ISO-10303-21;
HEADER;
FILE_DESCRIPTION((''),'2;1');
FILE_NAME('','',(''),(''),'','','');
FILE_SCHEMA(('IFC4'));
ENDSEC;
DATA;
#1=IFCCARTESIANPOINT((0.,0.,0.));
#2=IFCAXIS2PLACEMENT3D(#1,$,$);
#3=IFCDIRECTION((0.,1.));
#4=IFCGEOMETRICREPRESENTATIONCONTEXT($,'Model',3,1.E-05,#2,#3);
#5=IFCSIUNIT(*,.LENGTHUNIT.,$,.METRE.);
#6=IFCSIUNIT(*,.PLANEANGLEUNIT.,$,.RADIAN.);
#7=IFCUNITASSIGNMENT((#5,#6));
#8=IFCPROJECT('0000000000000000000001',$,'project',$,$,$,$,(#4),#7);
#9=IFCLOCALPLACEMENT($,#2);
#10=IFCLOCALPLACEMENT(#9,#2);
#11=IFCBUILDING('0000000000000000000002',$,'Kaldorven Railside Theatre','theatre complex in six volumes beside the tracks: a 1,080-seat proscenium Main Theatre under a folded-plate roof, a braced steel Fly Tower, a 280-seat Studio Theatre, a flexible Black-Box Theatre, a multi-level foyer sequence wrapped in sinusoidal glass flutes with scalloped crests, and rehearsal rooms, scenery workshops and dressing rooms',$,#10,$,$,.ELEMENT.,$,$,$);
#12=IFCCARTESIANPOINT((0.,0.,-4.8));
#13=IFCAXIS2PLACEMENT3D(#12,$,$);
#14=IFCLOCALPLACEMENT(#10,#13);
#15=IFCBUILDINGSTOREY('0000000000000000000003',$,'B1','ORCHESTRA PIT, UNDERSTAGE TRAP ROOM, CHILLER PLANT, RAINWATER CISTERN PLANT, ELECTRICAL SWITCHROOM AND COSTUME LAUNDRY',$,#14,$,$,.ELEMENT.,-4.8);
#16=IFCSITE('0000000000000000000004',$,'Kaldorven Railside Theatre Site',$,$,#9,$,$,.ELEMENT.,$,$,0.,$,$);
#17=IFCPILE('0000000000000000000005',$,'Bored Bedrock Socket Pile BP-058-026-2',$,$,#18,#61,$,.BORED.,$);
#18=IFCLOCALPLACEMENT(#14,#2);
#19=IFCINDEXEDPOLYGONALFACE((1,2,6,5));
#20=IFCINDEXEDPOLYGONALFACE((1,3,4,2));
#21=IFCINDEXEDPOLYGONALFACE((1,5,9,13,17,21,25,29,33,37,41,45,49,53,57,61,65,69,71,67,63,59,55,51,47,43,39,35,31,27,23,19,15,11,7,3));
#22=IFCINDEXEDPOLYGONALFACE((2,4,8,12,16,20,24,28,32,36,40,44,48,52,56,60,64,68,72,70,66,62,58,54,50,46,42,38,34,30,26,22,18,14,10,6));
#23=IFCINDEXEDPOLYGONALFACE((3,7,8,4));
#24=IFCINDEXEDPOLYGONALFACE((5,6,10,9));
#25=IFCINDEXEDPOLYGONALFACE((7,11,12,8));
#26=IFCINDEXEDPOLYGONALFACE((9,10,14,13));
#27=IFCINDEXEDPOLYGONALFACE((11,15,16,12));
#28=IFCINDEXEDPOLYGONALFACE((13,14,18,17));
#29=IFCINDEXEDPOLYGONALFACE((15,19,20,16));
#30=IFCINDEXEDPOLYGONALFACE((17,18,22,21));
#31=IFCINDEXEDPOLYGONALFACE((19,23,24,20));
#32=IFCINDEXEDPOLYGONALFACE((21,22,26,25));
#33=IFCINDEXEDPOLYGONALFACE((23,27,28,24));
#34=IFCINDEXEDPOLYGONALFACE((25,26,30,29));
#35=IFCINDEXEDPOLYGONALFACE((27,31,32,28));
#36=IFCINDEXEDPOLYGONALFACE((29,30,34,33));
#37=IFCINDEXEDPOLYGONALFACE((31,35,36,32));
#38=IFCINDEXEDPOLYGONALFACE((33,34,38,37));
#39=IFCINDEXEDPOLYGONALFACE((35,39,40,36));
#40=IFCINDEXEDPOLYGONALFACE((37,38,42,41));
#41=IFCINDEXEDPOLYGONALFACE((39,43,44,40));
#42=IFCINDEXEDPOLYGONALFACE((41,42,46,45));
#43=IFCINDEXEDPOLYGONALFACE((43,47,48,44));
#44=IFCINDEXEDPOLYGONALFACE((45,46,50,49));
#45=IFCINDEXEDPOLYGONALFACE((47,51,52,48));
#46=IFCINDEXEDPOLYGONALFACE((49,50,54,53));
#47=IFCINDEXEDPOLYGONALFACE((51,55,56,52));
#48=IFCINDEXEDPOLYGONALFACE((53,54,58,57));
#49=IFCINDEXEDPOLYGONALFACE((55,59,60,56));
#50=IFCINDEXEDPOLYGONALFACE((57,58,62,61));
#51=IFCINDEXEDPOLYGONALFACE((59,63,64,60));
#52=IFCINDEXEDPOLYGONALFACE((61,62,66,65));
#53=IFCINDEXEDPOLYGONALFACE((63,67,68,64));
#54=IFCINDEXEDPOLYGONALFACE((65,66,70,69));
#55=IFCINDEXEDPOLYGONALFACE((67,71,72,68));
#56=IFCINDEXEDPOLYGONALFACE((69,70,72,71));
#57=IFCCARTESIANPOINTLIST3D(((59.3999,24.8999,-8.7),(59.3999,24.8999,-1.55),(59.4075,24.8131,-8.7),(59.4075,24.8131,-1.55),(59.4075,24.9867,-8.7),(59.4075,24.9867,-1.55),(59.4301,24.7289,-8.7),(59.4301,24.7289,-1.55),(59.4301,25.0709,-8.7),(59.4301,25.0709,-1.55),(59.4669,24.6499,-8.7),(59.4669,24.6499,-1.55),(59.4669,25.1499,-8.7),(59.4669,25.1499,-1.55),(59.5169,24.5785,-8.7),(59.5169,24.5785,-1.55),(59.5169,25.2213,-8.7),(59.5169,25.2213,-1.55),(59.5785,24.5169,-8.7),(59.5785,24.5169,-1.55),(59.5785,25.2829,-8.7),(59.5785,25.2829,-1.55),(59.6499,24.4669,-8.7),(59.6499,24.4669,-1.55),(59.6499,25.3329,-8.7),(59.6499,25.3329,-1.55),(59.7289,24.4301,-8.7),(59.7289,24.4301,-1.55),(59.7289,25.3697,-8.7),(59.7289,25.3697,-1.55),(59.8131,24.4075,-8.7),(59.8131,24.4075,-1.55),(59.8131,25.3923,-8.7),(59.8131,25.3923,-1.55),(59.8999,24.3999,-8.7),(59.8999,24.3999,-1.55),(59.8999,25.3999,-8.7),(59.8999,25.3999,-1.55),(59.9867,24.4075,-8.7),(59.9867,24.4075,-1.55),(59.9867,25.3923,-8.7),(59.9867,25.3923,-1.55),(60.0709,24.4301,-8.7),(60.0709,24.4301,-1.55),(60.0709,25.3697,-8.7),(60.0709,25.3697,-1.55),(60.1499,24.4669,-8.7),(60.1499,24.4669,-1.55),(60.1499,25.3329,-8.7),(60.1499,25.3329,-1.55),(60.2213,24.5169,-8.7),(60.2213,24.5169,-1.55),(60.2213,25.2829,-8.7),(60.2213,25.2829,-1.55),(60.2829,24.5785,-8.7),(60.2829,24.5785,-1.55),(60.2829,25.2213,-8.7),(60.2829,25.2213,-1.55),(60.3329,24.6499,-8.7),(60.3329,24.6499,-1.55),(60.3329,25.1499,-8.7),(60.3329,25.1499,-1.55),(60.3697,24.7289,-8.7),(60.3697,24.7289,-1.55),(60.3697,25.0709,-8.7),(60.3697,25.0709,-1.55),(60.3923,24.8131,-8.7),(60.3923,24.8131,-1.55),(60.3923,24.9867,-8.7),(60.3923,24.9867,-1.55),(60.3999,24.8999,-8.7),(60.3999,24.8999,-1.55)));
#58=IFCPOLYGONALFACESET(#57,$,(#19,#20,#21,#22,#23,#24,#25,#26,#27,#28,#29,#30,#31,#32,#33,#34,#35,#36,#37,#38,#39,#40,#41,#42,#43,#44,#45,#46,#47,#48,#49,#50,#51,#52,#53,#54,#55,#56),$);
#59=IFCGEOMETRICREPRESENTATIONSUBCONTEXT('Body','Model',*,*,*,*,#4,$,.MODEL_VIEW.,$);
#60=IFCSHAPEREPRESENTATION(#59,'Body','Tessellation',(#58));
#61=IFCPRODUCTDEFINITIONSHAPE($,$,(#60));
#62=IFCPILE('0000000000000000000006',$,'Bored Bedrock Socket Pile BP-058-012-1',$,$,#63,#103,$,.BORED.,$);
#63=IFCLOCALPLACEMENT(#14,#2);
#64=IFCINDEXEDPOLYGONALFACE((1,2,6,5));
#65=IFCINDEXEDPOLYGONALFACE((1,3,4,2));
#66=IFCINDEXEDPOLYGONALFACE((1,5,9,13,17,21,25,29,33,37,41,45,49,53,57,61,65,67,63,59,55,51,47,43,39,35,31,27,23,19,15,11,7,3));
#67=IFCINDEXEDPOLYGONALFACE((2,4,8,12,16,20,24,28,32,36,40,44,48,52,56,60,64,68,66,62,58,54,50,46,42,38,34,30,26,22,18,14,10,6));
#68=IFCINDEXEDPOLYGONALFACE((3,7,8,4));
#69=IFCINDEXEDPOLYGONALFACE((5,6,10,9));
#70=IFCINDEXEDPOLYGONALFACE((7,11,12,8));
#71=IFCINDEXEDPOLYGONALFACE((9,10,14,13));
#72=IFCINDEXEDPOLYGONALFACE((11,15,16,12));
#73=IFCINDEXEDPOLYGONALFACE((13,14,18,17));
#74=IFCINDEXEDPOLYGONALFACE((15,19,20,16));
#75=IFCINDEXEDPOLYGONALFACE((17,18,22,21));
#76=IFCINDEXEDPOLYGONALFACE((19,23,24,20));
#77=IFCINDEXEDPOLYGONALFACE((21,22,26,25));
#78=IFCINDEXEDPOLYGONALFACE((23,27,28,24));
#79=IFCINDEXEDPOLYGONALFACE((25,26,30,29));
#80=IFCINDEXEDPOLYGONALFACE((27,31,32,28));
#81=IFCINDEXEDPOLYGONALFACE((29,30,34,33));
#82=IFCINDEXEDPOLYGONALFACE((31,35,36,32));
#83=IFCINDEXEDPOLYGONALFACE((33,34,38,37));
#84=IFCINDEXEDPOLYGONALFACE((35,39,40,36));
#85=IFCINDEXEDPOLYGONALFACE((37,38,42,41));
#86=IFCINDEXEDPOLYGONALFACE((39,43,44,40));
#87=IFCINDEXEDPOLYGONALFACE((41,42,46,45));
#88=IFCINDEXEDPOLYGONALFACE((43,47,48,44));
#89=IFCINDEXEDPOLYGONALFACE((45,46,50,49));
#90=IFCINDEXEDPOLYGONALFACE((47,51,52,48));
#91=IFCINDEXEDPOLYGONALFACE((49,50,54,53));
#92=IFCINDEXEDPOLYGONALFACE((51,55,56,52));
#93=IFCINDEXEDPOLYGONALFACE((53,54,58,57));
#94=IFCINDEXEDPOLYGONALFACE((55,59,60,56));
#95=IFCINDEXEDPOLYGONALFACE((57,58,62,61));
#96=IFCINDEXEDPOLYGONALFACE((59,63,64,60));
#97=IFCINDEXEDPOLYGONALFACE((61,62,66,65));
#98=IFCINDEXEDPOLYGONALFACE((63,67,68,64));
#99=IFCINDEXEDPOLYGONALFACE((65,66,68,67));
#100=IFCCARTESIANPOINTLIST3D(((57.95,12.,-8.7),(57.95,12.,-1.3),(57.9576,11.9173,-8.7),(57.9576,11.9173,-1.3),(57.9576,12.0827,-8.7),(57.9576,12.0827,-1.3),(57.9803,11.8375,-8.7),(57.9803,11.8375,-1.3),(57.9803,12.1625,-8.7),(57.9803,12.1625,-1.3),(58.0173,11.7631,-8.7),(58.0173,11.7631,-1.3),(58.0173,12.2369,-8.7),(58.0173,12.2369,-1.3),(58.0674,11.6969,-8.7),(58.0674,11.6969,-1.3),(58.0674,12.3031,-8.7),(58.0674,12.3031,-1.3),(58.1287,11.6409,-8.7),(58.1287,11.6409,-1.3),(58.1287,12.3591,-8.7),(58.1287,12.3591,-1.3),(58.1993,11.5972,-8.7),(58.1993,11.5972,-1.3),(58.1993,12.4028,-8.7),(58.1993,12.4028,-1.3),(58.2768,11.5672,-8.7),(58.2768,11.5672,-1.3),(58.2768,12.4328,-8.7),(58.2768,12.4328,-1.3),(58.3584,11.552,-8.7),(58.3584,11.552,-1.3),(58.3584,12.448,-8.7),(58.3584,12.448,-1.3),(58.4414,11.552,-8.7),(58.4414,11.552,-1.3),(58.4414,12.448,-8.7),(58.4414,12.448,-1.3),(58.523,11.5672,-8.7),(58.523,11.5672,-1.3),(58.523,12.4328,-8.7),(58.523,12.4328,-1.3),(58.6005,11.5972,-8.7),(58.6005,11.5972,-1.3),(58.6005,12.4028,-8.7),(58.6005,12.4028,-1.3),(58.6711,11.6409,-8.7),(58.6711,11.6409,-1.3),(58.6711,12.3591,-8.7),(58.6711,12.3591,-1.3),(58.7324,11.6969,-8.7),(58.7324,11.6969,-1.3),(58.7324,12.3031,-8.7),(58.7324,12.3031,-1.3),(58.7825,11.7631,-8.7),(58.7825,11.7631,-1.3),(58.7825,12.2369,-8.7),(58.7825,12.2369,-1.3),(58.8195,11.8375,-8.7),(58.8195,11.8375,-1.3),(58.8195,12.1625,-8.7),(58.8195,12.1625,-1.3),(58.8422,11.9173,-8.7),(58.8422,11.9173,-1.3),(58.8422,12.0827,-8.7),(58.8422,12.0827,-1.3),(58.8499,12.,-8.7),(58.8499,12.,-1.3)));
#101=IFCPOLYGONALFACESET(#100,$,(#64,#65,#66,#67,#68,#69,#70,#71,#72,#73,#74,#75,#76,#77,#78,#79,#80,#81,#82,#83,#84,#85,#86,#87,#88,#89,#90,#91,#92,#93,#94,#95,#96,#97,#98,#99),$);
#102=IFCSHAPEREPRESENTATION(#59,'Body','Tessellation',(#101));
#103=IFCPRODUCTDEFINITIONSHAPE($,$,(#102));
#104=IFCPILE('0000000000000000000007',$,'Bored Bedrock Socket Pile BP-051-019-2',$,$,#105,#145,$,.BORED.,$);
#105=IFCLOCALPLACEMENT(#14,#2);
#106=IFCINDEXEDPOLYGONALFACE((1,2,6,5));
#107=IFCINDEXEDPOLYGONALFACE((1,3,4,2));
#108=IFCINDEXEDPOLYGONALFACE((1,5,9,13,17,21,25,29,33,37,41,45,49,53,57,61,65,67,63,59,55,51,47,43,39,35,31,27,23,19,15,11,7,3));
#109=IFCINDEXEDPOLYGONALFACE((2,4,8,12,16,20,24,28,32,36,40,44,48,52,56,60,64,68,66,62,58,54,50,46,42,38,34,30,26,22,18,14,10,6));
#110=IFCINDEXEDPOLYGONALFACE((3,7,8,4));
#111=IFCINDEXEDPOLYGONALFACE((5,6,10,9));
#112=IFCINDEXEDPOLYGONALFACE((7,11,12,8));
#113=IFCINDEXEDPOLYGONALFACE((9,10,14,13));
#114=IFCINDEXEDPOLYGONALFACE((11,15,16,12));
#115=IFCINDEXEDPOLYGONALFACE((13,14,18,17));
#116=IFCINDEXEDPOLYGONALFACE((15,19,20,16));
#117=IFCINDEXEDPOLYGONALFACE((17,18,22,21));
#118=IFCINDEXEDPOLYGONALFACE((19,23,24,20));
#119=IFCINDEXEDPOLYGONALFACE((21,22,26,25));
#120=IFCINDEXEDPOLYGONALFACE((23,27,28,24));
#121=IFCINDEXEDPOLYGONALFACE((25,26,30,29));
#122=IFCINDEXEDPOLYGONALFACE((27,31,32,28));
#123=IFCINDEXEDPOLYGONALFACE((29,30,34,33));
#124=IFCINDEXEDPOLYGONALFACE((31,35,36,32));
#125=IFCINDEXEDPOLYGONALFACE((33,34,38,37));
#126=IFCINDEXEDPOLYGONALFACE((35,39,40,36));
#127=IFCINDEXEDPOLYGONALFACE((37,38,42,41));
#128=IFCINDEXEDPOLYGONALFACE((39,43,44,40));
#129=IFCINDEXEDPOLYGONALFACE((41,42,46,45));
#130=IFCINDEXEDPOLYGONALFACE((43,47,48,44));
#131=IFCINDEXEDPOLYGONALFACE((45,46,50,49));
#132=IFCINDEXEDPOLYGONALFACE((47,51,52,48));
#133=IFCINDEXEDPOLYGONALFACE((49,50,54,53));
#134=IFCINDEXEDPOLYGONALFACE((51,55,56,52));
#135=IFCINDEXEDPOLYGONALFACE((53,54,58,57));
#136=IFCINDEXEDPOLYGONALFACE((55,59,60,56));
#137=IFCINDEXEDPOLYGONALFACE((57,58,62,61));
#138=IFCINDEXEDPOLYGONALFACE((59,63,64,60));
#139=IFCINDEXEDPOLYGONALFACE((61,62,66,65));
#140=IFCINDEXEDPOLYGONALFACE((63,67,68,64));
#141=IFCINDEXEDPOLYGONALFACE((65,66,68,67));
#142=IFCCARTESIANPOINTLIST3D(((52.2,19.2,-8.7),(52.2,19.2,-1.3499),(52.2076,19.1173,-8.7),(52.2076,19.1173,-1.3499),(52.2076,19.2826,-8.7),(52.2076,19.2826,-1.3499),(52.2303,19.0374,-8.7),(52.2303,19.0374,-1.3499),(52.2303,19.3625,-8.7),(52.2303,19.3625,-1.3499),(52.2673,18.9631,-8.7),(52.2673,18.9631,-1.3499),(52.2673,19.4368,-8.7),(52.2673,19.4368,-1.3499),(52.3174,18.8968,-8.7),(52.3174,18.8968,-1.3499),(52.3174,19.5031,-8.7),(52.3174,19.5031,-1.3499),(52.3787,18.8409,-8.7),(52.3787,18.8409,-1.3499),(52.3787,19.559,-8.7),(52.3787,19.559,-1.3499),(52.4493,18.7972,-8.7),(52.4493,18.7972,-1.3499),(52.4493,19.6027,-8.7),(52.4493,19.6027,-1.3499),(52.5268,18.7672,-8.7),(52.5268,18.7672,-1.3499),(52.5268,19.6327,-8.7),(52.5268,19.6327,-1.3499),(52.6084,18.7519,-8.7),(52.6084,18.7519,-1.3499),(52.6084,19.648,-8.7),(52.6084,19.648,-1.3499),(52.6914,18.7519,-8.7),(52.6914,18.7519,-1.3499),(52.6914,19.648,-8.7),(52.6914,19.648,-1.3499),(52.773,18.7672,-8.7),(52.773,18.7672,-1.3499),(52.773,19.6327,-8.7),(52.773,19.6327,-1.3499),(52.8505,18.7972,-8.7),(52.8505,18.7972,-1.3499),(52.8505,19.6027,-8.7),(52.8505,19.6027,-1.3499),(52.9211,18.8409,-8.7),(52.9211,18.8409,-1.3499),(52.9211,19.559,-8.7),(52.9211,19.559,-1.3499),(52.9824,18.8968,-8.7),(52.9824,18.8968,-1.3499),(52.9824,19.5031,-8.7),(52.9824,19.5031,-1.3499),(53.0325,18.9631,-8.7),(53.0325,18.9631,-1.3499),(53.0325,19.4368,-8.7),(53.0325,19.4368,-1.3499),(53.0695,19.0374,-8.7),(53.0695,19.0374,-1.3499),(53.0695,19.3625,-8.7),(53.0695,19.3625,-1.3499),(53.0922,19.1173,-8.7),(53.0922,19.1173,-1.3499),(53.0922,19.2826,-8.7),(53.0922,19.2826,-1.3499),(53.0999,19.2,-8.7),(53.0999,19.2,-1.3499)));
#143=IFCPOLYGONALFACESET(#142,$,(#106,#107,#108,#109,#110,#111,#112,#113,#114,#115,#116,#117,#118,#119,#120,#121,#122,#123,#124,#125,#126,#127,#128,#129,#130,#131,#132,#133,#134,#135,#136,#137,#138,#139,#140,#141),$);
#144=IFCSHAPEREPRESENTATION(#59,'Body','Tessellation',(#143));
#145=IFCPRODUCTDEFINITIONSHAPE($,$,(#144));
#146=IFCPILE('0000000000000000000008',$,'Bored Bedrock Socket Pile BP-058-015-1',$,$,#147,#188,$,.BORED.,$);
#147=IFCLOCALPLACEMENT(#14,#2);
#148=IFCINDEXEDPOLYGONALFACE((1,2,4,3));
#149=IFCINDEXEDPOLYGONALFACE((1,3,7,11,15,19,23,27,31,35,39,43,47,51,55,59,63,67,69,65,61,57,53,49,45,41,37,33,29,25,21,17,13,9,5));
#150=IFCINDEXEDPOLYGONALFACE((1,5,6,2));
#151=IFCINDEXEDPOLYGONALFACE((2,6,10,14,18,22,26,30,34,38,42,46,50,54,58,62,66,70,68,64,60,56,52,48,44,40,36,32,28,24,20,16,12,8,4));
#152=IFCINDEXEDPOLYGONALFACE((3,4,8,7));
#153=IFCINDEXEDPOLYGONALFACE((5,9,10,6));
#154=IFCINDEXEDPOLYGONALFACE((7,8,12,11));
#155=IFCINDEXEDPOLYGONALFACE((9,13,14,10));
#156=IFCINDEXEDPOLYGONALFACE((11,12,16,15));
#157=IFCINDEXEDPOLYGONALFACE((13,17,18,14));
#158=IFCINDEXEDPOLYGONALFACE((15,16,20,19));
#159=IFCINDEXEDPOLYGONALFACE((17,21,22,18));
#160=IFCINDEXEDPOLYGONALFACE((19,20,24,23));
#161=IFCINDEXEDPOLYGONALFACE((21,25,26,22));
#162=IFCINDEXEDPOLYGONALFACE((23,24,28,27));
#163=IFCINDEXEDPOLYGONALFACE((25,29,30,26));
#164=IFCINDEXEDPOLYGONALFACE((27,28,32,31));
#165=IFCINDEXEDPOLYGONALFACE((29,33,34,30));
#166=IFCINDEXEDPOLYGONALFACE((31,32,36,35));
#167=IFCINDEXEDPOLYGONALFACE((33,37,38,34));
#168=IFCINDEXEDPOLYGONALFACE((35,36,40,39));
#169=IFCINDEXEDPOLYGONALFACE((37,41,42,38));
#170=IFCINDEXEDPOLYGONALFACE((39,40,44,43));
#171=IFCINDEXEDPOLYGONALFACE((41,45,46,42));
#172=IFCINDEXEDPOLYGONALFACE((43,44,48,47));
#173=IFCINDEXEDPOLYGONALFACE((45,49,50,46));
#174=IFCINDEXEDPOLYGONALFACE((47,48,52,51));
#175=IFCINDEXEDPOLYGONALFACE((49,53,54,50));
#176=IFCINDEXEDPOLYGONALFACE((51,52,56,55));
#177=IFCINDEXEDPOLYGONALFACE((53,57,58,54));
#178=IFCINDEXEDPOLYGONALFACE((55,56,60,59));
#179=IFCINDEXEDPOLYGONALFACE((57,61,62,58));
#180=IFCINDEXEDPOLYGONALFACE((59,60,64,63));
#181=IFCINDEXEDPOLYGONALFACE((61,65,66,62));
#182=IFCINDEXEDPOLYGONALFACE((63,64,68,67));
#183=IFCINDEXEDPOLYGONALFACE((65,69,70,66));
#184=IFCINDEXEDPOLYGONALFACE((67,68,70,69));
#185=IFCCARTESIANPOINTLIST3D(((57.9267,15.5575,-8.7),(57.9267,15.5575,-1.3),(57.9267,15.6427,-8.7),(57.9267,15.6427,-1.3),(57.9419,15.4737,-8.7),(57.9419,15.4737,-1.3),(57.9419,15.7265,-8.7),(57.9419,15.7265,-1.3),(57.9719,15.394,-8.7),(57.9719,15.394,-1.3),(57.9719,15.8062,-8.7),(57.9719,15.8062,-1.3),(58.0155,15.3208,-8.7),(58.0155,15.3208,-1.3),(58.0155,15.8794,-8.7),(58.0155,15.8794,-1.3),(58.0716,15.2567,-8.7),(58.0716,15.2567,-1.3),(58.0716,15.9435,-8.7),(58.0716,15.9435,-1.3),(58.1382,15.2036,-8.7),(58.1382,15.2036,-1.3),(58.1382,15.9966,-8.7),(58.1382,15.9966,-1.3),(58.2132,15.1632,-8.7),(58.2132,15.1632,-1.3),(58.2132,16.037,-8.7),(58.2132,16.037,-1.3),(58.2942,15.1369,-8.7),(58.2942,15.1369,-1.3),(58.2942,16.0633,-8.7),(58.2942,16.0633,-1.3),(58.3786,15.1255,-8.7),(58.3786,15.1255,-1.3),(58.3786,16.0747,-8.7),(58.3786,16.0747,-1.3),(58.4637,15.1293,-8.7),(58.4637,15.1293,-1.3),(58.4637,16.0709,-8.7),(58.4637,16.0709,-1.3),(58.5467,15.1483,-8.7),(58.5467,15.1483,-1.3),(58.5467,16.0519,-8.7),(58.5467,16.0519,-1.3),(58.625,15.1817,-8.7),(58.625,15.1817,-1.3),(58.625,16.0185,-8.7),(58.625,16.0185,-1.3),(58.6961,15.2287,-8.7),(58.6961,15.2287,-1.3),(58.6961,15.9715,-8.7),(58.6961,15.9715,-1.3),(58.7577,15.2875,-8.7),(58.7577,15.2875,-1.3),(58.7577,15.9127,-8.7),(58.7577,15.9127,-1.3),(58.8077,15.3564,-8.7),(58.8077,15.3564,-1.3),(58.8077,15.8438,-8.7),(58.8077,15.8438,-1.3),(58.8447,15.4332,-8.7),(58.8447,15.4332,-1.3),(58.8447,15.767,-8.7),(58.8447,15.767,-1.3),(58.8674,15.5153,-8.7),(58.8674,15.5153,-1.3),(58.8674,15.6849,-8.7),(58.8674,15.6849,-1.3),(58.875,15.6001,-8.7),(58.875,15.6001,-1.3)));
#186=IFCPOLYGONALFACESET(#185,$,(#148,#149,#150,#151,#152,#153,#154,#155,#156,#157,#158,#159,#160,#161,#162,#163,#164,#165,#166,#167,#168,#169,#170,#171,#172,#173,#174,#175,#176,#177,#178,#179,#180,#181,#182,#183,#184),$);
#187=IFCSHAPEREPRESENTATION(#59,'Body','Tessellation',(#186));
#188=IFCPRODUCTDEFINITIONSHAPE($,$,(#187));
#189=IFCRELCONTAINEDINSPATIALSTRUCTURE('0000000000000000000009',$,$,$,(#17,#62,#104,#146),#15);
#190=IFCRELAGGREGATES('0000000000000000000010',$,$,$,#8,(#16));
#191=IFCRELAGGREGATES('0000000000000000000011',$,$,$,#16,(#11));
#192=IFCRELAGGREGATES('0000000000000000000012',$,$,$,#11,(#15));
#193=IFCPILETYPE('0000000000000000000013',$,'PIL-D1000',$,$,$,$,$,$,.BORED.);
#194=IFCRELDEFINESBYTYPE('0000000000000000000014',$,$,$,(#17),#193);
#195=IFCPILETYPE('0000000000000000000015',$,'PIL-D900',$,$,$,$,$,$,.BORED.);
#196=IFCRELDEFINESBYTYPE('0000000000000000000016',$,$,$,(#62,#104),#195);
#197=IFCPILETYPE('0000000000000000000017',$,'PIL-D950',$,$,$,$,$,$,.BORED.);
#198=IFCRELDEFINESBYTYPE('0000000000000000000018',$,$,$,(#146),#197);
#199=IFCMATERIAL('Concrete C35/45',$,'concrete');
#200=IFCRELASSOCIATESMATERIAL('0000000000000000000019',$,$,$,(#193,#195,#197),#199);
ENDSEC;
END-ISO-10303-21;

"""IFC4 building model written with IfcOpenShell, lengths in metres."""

from ifc_helpers import new_model, si_unit, direction, frame, origin, origin_2d, place, context, subcontext, project, spatial, circle, extrude, material, material_profile, profile_set, type_object, element, save


model = new_model("IFC4")

# Units and contexts
model_context = context("Model", 3, precision=1e-05, world=origin(), true_north=direction((0.0, 1.0)))
body_context = subcontext(model_context, "Body", "Model", "MODEL_VIEW")
ifc_project = project(units=[si_unit("LENGTHUNIT", "METRE"), si_unit("PLANEANGLEUNIT", "RADIAN")], contexts=[model_context])

# Site, building, storey
site_placement = place(None, origin())
site = spatial("IfcSite", under=ifc_project, at=site_placement, Name="Kaldorven Railside Theatre Site", CompositionType="ELEMENT", RefElevation=0.0)
building_placement = place(site_placement, origin())
building = spatial("IfcBuilding", under=site, at=building_placement, Name="Kaldorven Railside Theatre", Description="theatre complex in six volumes beside the tracks: a 1,080-seat proscenium Main Theatre under a folded-plate roof, a braced steel Fly Tower, a 280-seat Studio Theatre, a flexible Black-Box Theatre, a multi-level foyer sequence wrapped in sinusoidal glass flutes with scalloped crests, and rehearsal rooms, scenery workshops and dressing rooms", CompositionType="ELEMENT")
storey_placement = place(building_placement, frame((0.0, 0.0, -4.8)))
storey = spatial("IfcBuildingStorey", under=building, at=storey_placement, Name="B1", Description="ORCHESTRA PIT, UNDERSTAGE TRAP ROOM, CHILLER PLANT, RAINWATER CISTERN PLANT, ELECTRICAL SWITCHROOM AND COSTUME LAUNDRY", CompositionType="ELEMENT", Elevation=-4.8)

# Piles
ifc_material_1 = material(Name="Concrete C35/45", Category="concrete")
ifc_material_profile_1 = material_profile(ifc_material_1, circle(Radius=0.5, at=origin_2d()), Name="BP D1000")
ifc_profile_set_1 = profile_set([ifc_material_profile_1], Name="Concrete C35/45")
pile_type_1 = type_object("IfcPileType", Name="PIL-D1000", PredefinedType="BORED", material=ifc_profile_set_1)
for number, where, z_axis, x_axis, name in (
    (1, (59.8999, 24.8999, -1.55), (0.0, 0.0, -1.0), (1.0, 0.0, 0.0), "Bored Bedrock Socket Pile BP-058-026-2"),
):
    element("IfcPile", number, at=place(storey_placement, frame(where, z_axis=z_axis, x_axis=x_axis)), inside=storey, type_object=pile_type_1, Name=name, PredefinedType="BORED", context=body_context, shape_type="SweptSolid", body=[
        extrude(circle(Radius=0.5, at=origin_2d()), origin(), (0.0, 0.0, 1.0), 7.1499),
    ])
ifc_material_profile_2 = material_profile(ifc_material_1, circle(Radius=0.45, at=origin_2d()), Name="BP D900")
ifc_profile_set_2 = profile_set([ifc_material_profile_2], Name="Concrete C35/45")
pile_type_2 = type_object("IfcPileType", Name="PIL-D900", PredefinedType="BORED", material=ifc_profile_set_2)
pile_1_placement = place(storey_placement, frame((58.3999, 12.0, -1.3), z_axis=(0.0, 0.0, -1.0), x_axis=(1.0, 0.0, 0.0)))
element("IfcPile", 2, at=pile_1_placement, inside=storey, type_object=pile_type_2, Name="Bored Bedrock Socket Pile BP-058-012-1", PredefinedType="BORED", context=body_context, shape_type="SweptSolid", body=[
    extrude(circle(Radius=0.45, at=origin_2d()), origin(), (0.0, 0.0, 1.0), 7.3999),
])
pile_2_placement = place(storey_placement, frame((52.6499, 19.2, -1.3499), z_axis=(0.0, 0.0, -1.0), x_axis=(1.0, 0.0, 0.0)))
element("IfcPile", 3, at=pile_2_placement, inside=storey, type_object=pile_type_2, Name="Bored Bedrock Socket Pile BP-051-019-2", PredefinedType="BORED", context=body_context, shape_type="SweptSolid", body=[
    extrude(circle(Radius=0.45, at=origin_2d()), origin(), (0.0, 0.0, 1.0), 7.3501),
])
ifc_material_profile_3 = material_profile(ifc_material_1, circle(Radius=0.4751, at=origin_2d()), Name="BP D950")
ifc_profile_set_3 = profile_set([ifc_material_profile_3], Name="Concrete C35/45")
pile_type_3 = type_object("IfcPileType", Name="PIL-D950", PredefinedType="BORED", material=ifc_profile_set_3)
pile_3_placement = place(storey_placement, frame((58.3999, 15.6001, -1.3), z_axis=(0.0, 0.0, -1.0), x_axis=(1.0, 0.0, 0.0)))
element("IfcPile", 4, at=pile_3_placement, inside=storey, type_object=pile_type_3, Name="Bored Bedrock Socket Pile BP-058-015-1", PredefinedType="BORED", context=body_context, shape_type="SweptSolid", body=[
    extrude(circle(Radius=0.4751, at=origin_2d()), origin(), (0.0, 0.0, 1.0), 7.3999),
])

save(model, "model.ifc")
